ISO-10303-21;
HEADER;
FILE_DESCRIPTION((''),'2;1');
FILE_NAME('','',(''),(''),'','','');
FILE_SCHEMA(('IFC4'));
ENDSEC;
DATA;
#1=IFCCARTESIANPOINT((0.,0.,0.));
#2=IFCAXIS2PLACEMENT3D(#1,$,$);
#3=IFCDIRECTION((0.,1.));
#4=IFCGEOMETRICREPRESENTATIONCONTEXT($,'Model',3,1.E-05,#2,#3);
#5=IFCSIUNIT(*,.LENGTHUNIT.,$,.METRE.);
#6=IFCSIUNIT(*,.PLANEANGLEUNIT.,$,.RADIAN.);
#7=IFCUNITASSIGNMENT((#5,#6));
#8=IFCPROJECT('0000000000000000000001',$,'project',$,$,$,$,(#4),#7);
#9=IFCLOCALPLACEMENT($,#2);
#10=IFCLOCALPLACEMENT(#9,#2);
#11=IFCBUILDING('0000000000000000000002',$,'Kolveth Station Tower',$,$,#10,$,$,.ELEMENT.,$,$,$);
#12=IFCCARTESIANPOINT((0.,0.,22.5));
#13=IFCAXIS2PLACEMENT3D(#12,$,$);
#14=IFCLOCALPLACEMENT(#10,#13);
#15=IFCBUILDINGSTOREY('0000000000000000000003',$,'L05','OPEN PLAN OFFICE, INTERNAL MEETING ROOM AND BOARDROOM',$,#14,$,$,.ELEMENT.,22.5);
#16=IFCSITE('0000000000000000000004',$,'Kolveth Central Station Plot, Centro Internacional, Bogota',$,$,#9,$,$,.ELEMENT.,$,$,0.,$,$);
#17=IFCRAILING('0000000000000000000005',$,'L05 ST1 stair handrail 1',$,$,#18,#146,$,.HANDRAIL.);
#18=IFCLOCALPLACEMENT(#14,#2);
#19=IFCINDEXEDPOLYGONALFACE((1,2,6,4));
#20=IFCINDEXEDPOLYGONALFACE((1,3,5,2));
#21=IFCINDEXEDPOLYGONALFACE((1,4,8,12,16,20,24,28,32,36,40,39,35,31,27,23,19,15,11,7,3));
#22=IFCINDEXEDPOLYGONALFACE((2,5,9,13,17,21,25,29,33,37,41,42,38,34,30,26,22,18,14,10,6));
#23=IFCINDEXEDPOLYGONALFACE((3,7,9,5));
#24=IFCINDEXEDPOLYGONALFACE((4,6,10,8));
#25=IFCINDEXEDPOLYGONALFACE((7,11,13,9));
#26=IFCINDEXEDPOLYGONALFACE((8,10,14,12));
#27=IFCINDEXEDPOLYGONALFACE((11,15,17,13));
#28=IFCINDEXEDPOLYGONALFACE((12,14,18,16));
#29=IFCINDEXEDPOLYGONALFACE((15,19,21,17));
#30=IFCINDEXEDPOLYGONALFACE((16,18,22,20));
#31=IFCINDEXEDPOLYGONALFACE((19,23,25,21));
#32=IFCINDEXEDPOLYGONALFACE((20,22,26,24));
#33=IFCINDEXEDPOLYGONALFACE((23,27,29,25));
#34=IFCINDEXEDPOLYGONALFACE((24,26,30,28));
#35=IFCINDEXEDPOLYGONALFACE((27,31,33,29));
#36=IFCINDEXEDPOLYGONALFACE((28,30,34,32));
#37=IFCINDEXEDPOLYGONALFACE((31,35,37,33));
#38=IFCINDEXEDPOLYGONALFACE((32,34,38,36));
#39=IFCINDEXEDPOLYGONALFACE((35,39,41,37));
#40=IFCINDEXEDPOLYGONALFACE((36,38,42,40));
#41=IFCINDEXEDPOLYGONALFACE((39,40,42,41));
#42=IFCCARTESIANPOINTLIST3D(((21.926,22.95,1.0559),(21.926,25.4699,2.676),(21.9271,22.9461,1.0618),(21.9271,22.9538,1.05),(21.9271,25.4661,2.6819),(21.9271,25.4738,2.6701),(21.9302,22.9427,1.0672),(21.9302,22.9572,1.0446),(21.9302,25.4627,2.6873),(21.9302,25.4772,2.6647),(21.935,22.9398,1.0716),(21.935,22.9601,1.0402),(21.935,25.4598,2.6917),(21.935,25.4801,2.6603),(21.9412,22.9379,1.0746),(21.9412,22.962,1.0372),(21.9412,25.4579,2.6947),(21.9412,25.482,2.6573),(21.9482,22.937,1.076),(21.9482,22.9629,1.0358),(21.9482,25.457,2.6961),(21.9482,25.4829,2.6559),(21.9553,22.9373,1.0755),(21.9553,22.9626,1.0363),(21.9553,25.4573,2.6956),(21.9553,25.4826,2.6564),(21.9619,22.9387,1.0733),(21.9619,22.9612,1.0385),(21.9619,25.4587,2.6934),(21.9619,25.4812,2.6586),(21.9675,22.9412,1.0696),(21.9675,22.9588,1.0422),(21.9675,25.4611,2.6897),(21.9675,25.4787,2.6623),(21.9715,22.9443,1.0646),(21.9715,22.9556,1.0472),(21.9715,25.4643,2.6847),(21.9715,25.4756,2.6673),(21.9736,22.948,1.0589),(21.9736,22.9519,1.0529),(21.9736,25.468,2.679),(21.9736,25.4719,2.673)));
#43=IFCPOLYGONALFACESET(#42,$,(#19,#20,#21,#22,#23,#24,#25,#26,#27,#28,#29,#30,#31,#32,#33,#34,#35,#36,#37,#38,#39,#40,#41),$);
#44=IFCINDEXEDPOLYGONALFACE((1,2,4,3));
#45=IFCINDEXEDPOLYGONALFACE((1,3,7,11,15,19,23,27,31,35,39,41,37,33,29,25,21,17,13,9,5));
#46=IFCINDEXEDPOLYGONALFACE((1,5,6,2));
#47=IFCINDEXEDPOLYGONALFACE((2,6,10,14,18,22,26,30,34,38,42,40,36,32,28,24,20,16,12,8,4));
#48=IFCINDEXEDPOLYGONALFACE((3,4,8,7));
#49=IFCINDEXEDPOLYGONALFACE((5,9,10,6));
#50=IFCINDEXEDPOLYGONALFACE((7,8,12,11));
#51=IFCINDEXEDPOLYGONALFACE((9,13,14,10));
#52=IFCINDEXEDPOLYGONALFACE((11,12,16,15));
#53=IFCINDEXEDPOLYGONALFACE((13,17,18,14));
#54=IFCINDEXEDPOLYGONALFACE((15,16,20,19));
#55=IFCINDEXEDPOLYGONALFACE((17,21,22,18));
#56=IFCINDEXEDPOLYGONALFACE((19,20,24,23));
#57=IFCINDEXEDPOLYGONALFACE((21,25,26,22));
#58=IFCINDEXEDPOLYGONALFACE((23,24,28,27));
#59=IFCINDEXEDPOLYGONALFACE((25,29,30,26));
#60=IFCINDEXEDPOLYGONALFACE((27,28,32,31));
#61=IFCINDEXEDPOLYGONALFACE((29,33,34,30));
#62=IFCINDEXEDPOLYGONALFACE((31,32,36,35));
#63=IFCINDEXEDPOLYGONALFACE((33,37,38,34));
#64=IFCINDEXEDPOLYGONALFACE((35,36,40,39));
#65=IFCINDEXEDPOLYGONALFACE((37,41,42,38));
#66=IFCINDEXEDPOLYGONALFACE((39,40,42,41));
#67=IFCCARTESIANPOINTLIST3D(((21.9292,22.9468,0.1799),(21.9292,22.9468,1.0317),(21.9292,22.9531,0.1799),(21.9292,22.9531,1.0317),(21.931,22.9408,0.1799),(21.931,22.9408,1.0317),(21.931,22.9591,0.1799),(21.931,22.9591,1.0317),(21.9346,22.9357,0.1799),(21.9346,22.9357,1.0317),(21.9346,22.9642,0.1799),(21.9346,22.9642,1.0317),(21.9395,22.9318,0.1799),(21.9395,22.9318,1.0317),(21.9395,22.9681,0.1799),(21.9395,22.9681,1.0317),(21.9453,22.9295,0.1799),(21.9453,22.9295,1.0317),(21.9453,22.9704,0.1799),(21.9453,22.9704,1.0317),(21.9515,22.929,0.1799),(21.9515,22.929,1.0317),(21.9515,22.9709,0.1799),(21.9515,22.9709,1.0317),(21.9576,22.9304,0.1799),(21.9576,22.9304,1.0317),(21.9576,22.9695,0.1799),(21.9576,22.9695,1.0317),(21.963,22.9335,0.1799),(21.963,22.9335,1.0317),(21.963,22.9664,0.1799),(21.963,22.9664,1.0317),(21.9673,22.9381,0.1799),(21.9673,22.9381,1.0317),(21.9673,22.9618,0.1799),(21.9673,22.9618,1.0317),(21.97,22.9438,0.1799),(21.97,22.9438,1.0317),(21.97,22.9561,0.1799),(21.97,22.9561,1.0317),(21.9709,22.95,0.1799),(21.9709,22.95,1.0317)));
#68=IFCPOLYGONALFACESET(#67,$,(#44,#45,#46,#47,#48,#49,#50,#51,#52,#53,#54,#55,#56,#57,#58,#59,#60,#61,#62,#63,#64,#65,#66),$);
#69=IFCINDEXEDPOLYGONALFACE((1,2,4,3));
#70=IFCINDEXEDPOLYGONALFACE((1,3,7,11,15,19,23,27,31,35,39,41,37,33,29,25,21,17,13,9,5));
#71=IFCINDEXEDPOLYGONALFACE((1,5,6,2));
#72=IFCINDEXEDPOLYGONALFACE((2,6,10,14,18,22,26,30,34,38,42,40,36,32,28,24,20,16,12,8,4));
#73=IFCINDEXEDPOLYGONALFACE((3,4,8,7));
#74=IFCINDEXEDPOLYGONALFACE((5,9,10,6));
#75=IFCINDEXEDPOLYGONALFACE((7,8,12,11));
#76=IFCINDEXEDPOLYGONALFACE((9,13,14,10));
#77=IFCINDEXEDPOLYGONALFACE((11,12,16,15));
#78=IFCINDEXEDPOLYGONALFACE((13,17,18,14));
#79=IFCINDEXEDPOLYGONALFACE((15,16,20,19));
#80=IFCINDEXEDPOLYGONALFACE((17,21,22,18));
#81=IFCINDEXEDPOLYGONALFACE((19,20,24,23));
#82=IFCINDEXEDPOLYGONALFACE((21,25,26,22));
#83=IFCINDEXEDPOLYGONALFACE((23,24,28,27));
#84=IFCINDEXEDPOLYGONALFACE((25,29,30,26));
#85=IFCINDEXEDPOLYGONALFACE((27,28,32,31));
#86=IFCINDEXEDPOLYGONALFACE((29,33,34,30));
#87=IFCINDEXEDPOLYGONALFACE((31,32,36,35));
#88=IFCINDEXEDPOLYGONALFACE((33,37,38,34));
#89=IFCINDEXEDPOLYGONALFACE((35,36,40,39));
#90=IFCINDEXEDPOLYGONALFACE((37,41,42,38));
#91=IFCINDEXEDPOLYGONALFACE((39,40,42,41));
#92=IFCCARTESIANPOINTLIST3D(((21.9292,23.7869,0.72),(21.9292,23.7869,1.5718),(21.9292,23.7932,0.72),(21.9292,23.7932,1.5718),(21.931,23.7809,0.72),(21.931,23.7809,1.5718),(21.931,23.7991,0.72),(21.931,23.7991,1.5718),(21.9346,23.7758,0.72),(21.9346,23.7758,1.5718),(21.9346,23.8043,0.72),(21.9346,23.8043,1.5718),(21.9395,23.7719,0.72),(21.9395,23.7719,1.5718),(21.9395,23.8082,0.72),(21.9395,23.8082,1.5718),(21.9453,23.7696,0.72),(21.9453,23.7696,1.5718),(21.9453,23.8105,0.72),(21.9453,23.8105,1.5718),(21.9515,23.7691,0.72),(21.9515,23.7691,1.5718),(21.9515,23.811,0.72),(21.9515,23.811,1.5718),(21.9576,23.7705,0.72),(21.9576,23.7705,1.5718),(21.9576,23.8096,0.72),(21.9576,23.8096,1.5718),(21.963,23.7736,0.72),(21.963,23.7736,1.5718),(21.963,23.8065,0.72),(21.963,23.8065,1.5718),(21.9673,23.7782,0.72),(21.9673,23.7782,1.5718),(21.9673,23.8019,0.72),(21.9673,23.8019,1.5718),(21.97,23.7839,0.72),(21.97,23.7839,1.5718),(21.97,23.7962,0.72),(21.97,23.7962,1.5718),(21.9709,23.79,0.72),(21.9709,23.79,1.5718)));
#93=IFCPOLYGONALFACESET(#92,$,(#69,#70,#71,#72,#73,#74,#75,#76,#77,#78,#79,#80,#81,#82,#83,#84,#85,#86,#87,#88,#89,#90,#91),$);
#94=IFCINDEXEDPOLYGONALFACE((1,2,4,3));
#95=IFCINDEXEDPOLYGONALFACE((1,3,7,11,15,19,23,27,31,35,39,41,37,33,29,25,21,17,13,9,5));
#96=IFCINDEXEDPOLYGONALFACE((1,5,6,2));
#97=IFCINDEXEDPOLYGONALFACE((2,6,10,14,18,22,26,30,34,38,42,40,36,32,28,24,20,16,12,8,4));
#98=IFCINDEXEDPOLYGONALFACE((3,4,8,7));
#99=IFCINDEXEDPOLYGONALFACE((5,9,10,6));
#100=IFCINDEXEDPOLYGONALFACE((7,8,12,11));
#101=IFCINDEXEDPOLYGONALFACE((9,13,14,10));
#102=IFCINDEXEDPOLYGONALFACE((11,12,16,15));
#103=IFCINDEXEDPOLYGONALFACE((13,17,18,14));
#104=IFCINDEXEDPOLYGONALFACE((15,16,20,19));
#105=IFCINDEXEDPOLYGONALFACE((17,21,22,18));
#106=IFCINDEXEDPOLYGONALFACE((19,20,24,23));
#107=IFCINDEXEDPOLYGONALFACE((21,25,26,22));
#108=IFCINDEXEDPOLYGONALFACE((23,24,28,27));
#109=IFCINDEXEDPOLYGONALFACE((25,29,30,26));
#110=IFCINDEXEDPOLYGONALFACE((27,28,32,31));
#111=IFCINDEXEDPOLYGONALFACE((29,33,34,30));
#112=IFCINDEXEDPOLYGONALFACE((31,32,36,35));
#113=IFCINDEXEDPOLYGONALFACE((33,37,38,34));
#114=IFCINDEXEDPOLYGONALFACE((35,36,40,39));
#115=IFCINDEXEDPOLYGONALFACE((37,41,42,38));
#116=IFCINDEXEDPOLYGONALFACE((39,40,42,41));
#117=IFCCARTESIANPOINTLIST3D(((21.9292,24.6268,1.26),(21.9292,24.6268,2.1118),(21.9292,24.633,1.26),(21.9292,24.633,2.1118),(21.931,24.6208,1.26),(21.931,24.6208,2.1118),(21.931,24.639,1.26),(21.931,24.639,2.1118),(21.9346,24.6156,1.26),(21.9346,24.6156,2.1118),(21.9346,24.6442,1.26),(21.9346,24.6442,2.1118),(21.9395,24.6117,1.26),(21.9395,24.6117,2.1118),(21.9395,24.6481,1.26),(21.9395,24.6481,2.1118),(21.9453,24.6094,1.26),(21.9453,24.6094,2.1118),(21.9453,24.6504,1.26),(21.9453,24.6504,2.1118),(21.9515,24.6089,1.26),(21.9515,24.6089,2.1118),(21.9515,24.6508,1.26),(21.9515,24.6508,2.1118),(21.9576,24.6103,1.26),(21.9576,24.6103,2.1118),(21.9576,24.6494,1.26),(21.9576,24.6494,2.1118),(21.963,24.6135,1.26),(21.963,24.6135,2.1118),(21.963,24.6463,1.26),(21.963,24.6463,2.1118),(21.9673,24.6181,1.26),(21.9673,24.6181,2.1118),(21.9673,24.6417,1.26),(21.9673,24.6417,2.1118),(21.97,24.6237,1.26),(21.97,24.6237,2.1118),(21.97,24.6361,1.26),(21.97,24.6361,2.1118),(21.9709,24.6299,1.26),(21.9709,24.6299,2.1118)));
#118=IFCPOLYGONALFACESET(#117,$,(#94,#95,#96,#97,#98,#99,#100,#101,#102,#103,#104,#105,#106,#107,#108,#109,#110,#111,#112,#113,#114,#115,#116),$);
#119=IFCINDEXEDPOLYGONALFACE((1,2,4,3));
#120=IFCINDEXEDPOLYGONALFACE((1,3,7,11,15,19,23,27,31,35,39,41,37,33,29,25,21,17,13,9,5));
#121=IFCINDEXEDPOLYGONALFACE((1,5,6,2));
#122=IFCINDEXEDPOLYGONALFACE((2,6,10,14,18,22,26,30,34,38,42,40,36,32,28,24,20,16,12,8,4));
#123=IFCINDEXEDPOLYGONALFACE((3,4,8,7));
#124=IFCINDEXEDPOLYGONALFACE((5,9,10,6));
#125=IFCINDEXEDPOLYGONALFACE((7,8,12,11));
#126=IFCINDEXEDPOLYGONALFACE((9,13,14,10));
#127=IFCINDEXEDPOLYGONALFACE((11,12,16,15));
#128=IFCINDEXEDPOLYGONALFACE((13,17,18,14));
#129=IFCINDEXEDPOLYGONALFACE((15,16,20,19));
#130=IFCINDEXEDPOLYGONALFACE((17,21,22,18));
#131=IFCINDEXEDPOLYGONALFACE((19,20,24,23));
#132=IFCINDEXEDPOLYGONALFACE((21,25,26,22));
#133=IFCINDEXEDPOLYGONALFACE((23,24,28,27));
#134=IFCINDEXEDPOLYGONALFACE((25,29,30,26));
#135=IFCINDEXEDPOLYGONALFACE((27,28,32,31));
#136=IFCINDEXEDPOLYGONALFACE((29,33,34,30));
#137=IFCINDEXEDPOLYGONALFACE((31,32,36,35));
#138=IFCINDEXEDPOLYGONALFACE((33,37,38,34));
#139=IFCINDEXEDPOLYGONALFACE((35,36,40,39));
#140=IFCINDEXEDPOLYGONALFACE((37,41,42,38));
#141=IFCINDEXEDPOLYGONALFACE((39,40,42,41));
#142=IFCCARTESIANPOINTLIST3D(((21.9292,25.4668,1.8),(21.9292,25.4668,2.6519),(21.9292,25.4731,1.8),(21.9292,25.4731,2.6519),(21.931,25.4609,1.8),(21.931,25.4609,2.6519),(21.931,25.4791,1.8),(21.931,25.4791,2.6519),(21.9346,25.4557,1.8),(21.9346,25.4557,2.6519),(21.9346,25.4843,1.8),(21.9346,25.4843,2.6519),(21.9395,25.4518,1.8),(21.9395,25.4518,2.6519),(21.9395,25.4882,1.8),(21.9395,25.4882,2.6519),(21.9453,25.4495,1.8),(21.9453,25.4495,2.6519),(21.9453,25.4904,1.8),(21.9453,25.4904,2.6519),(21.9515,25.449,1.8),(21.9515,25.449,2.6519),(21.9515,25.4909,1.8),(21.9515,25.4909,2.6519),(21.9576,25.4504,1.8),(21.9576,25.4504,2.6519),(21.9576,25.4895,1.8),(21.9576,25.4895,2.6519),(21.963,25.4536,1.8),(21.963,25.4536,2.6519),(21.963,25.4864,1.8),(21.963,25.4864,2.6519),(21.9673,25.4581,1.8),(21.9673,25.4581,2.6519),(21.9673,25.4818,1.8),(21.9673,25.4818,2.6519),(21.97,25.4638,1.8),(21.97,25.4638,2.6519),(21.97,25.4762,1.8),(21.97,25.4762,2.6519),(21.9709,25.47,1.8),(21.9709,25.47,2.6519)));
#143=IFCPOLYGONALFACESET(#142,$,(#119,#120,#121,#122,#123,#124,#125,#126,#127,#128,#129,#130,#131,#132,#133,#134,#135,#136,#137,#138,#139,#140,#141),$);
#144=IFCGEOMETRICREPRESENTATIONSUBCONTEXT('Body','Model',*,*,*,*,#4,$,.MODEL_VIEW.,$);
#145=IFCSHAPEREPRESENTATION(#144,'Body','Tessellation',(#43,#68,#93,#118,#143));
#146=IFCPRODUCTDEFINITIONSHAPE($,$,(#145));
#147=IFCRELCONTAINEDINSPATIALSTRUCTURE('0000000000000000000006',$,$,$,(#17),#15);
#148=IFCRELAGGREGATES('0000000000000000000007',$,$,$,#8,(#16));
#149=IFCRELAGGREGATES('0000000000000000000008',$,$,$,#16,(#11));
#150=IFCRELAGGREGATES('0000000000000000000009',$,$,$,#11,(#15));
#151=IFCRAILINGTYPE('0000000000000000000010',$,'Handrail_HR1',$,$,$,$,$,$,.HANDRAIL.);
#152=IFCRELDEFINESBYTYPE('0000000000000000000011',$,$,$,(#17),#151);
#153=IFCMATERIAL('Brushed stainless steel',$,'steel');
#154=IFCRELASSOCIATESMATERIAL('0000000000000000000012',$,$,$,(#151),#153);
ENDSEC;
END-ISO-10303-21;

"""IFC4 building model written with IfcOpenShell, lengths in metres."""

from ifc_helpers import new_model, si_unit, direction, frame, origin, origin_2d, place, context, subcontext, project, spatial, circle, extrude, material, type_object, element, save


model = new_model("IFC4")

# Units and contexts
model_context = context("Model", 3, precision=1e-05, world=origin(), true_north=direction((0.0, 1.0)))
body_context = subcontext(model_context, "Body", "Model", "MODEL_VIEW")
ifc_project = project(units=[si_unit("LENGTHUNIT", "METRE"), si_unit("PLANEANGLEUNIT", "RADIAN")], contexts=[model_context])

# Site, building, storey
site_placement = place(None, origin())
site = spatial("IfcSite", under=ifc_project, at=site_placement, Name="Kolveth Central Station Plot, Centro Internacional, Bogota", CompositionType="ELEMENT", RefElevation=0.0)
building_placement = place(site_placement, origin())
building = spatial("IfcBuilding", under=site, at=building_placement, Name="Kolveth Station Tower", CompositionType="ELEMENT")
storey_placement = place(building_placement, frame((0.0, 0.0, 22.5)))
storey = spatial("IfcBuildingStorey", under=building, at=storey_placement, Name="L05", Description="OPEN PLAN OFFICE, INTERNAL MEETING ROOM AND BOARDROOM", CompositionType="ELEMENT", Elevation=22.5)

# Railing
ifc_material_1 = material(Name="Brushed stainless steel", Category="steel")
railing_type_1 = type_object("IfcRailingType", Name="Handrail_HR1", PredefinedType="HANDRAIL", material=ifc_material_1)
railing_1_placement = place(storey_placement, frame((21.95, 22.95, 0.1799)))
element("IfcRailing", 1, at=railing_1_placement, inside=storey, type_object=railing_type_1, Name="L05 ST1 stair handrail 1", PredefinedType="HANDRAIL", context=body_context, shape_type="SweptSolid", body=[
    extrude(circle(Radius=0.0239, at=origin_2d()), frame((0.0, 0.0, 0.876), z_axis=(0.0, 0.841163, 0.540782), x_axis=(-1.0, 0.0, 0.0)), (0.0, 0.0, 1.0), 2.9958),
    extrude(circle(Radius=0.021, at=origin_2d()), origin(), (0.0, 0.0, 1.0), 0.8518),
    extrude(circle(Radius=0.021, at=origin_2d()), frame((0.0, 0.8401, 0.54)), (0.0, 0.0, 1.0), 0.8518),
    extrude(circle(Radius=0.021, at=origin_2d()), frame((0.0, 1.6799, 1.0801)), (0.0, 0.0, 1.0), 0.8518),
    extrude(circle(Radius=0.021, at=origin_2d()), frame((0.0, 2.52, 1.6201)), (0.0, 0.0, 1.0), 0.8518),
])

save(model, "model.ifc")
